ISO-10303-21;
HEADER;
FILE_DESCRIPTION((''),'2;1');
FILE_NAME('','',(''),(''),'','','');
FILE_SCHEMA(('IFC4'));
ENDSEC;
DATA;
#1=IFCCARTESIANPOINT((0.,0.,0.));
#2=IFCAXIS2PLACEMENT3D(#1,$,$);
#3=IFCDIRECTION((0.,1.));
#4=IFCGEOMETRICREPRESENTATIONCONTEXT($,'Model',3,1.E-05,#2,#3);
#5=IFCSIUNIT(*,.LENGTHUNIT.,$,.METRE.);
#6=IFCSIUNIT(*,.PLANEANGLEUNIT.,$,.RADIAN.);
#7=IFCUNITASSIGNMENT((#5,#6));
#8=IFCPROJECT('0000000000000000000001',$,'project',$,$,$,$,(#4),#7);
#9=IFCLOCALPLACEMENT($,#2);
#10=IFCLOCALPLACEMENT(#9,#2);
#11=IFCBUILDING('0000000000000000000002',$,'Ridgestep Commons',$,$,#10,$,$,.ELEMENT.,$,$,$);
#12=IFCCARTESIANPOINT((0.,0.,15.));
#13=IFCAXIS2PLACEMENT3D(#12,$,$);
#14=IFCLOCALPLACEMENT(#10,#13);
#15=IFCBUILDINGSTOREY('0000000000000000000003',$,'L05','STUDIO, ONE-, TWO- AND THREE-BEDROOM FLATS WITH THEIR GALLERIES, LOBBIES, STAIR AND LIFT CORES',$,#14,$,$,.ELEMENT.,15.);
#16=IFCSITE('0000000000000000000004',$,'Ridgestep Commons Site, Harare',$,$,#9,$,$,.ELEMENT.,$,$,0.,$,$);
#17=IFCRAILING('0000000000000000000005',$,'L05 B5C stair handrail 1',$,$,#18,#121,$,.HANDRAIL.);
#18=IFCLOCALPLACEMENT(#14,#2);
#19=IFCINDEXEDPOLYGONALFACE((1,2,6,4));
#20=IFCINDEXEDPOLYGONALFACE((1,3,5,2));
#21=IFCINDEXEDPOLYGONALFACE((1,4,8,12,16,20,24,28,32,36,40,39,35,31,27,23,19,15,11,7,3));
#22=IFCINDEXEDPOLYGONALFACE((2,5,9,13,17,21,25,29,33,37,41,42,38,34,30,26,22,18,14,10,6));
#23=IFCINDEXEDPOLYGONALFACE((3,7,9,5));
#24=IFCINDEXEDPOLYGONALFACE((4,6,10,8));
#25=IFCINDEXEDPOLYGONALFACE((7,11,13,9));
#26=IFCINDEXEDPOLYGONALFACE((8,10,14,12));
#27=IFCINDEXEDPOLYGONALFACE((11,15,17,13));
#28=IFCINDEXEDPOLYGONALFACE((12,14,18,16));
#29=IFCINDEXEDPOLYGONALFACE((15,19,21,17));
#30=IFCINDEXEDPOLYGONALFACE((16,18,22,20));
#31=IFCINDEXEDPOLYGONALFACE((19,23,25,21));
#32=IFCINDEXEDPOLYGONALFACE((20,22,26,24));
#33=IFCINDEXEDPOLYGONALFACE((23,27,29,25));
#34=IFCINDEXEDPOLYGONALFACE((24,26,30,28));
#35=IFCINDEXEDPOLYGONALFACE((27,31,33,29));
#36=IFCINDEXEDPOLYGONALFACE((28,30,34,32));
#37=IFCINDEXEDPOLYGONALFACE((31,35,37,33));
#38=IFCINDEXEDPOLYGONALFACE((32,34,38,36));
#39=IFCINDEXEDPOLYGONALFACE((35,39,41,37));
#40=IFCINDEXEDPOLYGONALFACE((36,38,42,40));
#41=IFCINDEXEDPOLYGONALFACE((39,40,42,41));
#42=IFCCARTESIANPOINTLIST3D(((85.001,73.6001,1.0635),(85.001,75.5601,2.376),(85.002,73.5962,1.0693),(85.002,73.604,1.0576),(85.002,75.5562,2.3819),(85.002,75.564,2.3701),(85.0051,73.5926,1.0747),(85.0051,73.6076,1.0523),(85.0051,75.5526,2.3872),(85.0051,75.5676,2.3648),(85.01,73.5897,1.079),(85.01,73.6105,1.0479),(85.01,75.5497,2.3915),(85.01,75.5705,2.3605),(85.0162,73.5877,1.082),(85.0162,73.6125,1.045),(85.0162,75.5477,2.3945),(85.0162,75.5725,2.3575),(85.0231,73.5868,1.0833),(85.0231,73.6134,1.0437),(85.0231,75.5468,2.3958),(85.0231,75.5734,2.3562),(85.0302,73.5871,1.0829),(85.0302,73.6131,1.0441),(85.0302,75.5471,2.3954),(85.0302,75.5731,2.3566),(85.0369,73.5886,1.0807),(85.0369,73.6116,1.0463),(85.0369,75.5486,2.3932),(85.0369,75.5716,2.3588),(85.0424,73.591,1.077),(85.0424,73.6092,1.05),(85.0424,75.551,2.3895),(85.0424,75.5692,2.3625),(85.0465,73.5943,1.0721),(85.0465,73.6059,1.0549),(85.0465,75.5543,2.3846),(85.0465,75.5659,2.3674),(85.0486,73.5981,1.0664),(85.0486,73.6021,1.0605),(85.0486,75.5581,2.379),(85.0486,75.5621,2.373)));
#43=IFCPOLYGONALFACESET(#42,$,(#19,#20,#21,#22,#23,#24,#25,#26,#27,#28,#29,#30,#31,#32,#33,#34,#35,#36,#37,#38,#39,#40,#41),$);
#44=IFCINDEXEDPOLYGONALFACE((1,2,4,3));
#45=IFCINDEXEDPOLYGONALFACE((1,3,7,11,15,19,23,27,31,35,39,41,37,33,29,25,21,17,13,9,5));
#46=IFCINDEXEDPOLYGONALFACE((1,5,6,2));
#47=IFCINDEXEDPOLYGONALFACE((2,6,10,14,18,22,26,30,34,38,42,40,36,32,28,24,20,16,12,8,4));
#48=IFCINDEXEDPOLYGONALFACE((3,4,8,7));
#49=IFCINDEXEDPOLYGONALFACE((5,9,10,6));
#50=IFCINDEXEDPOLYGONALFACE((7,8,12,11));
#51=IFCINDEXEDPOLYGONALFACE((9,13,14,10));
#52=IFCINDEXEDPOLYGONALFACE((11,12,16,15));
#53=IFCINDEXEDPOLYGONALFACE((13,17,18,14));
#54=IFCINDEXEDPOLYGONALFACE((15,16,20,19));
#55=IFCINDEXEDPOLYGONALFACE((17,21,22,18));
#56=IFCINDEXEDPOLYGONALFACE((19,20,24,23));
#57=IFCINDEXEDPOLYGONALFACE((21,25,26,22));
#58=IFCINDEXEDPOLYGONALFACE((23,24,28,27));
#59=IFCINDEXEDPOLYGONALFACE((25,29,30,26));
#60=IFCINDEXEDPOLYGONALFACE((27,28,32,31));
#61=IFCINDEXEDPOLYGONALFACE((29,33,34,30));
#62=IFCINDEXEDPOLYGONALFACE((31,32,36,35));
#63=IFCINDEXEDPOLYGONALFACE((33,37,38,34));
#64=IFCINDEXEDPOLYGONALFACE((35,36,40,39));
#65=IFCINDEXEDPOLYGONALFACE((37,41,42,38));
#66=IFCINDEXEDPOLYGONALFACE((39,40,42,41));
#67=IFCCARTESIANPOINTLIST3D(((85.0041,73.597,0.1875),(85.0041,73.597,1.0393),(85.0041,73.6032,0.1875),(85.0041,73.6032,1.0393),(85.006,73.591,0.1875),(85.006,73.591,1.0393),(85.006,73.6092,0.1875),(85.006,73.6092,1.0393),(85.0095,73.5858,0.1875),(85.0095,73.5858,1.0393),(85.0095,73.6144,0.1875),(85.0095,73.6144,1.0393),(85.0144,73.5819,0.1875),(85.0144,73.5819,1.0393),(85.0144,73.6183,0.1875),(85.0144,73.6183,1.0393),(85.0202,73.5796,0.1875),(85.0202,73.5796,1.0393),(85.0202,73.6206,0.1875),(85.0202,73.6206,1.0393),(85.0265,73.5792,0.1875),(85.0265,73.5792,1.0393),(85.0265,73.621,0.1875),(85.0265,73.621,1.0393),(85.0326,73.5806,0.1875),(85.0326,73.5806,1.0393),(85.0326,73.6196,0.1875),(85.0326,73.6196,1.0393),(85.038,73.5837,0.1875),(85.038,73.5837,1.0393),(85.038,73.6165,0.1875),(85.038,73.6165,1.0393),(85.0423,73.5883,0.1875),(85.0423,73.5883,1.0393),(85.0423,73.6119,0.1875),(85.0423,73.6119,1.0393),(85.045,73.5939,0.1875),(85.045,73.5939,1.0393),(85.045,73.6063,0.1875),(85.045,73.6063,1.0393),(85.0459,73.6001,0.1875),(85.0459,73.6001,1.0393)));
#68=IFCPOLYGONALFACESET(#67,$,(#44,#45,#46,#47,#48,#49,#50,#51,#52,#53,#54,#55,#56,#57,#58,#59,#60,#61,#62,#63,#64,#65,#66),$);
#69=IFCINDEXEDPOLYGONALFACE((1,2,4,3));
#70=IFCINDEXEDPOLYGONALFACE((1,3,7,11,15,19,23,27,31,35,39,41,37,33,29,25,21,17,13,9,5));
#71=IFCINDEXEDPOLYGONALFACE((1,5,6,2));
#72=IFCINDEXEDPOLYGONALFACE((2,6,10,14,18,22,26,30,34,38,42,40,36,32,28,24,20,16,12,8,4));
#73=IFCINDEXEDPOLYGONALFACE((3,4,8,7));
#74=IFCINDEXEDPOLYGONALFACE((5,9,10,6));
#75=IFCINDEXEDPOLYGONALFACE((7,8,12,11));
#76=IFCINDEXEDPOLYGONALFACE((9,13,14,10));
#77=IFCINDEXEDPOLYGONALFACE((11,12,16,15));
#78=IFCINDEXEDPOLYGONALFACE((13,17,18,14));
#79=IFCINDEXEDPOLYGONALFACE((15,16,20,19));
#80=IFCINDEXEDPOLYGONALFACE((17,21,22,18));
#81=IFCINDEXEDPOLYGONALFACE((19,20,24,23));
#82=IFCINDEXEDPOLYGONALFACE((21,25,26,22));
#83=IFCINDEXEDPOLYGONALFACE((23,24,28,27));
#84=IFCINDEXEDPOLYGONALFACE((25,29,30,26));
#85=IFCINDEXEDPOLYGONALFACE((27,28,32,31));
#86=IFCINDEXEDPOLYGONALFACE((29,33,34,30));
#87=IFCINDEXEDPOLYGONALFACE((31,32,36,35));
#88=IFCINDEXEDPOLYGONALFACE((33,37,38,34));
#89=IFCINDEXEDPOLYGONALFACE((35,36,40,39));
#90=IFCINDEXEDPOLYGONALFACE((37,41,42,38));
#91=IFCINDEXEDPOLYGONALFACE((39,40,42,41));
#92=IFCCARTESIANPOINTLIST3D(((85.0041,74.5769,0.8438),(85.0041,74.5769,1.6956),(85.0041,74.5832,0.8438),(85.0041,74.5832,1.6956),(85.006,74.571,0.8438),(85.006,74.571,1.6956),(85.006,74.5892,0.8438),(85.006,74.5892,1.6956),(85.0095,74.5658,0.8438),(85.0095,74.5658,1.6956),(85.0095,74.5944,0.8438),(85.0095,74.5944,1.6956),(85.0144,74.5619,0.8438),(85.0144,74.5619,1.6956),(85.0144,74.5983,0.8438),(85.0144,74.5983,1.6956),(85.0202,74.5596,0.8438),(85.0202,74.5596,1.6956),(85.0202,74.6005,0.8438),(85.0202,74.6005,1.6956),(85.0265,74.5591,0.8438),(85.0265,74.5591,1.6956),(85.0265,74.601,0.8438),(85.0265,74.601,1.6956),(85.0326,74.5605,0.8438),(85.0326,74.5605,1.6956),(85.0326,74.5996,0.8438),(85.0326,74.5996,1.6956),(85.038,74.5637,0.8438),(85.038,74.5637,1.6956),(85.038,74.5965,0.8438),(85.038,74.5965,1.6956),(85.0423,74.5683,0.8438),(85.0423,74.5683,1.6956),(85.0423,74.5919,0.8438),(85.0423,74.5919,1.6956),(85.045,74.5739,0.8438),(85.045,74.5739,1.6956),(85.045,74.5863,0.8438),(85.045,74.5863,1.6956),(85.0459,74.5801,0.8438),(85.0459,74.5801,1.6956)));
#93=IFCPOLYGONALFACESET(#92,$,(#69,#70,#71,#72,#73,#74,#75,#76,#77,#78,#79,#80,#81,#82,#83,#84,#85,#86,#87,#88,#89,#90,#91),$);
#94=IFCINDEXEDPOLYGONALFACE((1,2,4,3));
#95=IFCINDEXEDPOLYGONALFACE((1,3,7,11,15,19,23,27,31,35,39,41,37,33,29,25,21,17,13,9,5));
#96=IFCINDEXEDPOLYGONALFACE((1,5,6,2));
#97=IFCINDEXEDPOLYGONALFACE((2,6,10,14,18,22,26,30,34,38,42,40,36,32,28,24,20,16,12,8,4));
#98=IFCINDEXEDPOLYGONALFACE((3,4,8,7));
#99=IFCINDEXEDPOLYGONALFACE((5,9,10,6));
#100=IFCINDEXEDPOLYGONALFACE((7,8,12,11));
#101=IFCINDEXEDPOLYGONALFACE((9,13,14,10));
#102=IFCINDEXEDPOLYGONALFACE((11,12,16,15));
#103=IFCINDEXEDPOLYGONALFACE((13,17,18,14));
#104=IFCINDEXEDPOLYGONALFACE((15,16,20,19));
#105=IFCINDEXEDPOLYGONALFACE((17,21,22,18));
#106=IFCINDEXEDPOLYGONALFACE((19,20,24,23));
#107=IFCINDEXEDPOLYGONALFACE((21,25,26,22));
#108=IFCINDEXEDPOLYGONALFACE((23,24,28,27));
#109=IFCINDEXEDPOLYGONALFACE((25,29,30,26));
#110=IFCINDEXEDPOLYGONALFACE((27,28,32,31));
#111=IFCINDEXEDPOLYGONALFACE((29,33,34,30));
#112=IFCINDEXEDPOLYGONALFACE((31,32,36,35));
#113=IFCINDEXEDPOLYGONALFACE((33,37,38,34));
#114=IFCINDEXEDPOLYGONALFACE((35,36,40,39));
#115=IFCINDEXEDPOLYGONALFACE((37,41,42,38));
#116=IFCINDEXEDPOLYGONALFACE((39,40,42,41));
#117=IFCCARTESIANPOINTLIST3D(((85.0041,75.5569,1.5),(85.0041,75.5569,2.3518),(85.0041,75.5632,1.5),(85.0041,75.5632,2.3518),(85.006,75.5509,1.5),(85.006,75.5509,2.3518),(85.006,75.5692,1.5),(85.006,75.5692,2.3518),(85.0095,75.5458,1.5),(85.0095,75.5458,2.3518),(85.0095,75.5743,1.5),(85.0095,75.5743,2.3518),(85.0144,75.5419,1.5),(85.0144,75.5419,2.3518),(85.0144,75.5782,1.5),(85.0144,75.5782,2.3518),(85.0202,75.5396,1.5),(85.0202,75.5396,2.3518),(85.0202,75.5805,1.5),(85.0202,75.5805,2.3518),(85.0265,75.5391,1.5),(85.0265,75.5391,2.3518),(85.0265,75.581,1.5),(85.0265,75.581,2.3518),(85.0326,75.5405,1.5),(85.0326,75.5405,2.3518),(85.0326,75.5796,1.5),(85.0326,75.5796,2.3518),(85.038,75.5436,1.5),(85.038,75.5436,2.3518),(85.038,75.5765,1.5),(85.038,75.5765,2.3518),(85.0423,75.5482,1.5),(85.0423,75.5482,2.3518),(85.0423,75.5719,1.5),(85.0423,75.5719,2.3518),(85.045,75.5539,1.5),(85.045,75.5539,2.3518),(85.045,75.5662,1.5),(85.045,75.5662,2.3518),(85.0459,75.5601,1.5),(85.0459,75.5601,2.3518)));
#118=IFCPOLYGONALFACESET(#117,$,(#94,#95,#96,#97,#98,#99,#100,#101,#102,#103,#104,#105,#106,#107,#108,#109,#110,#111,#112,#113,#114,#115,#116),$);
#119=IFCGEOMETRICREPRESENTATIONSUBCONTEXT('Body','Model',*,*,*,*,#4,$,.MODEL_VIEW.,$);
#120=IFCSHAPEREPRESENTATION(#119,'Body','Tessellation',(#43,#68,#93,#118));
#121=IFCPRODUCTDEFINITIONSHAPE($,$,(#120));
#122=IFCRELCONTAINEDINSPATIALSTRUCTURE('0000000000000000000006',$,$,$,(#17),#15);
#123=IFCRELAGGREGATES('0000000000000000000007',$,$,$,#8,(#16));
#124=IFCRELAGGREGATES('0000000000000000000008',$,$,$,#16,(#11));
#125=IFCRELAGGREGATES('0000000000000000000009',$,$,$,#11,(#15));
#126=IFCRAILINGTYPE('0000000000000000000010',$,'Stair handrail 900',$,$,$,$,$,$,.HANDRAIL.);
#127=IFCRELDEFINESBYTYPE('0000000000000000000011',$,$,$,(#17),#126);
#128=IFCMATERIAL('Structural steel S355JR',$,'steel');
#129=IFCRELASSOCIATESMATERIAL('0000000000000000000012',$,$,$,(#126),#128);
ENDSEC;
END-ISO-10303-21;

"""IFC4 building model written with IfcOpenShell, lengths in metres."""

from ifc_helpers import new_model, si_unit, direction, frame, origin, origin_2d, place, context, subcontext, project, spatial, circle, extrude, material, type_object, element, save


model = new_model("IFC4")

# Units and contexts
model_context = context("Model", 3, precision=1e-05, world=origin(), true_north=direction((0.0, 1.0)))
body_context = subcontext(model_context, "Body", "Model", "MODEL_VIEW")
ifc_project = project(units=[si_unit("LENGTHUNIT", "METRE"), si_unit("PLANEANGLEUNIT", "RADIAN")], contexts=[model_context])

# Site, building, storey
site_placement = place(None, origin())
site = spatial("IfcSite", under=ifc_project, at=site_placement, Name="Ridgestep Commons Site, Harare", CompositionType="ELEMENT", RefElevation=0.0)
building_placement = place(site_placement, origin())
building = spatial("IfcBuilding", under=site, at=building_placement, Name="Ridgestep Commons", CompositionType="ELEMENT")
storey_placement = place(building_placement, frame((0.0, 0.0, 15.0)))
storey = spatial("IfcBuildingStorey", under=building, at=storey_placement, Name="L05", Description="STUDIO, ONE-, TWO- AND THREE-BEDROOM FLATS WITH THEIR GALLERIES, LOBBIES, STAIR AND LIFT CORES", CompositionType="ELEMENT", Elevation=15.0)

# Railing
ifc_material_1 = material(Name="Structural steel S355JR", Category="steel")
railing_type_1 = type_object("IfcRailingType", Name="Stair handrail 900", PredefinedType="HANDRAIL", material=ifc_material_1)
railing_1_placement = place(storey_placement, frame((85.0249, 73.6001, 0.1875)))
element("IfcRailing", 1, at=railing_1_placement, inside=storey, type_object=railing_type_1, Name="L05 B5C stair handrail 1", PredefinedType="HANDRAIL", context=body_context, shape_type="SweptSolid", body=[
    extrude(circle(Radius=0.0239, at=origin_2d()), frame((0.0, 0.0, 0.876), z_axis=(0.0, 0.830902, 0.556419), x_axis=(-1.0, 0.0, 0.0)), (0.0, 0.0, 1.0), 2.3589),
    extrude(circle(Radius=0.021, at=origin_2d()), origin(), (0.0, 0.0, 1.0), 0.8518),
    extrude(circle(Radius=0.021, at=origin_2d()), frame((0.0, 0.98, 0.6562)), (0.0, 0.0, 1.0), 0.8518),
    extrude(circle(Radius=0.021, at=origin_2d()), frame((0.0, 1.96, 1.3125)), (0.0, 0.0, 1.0), 0.8518),
])

save(model, "model.ifc")
